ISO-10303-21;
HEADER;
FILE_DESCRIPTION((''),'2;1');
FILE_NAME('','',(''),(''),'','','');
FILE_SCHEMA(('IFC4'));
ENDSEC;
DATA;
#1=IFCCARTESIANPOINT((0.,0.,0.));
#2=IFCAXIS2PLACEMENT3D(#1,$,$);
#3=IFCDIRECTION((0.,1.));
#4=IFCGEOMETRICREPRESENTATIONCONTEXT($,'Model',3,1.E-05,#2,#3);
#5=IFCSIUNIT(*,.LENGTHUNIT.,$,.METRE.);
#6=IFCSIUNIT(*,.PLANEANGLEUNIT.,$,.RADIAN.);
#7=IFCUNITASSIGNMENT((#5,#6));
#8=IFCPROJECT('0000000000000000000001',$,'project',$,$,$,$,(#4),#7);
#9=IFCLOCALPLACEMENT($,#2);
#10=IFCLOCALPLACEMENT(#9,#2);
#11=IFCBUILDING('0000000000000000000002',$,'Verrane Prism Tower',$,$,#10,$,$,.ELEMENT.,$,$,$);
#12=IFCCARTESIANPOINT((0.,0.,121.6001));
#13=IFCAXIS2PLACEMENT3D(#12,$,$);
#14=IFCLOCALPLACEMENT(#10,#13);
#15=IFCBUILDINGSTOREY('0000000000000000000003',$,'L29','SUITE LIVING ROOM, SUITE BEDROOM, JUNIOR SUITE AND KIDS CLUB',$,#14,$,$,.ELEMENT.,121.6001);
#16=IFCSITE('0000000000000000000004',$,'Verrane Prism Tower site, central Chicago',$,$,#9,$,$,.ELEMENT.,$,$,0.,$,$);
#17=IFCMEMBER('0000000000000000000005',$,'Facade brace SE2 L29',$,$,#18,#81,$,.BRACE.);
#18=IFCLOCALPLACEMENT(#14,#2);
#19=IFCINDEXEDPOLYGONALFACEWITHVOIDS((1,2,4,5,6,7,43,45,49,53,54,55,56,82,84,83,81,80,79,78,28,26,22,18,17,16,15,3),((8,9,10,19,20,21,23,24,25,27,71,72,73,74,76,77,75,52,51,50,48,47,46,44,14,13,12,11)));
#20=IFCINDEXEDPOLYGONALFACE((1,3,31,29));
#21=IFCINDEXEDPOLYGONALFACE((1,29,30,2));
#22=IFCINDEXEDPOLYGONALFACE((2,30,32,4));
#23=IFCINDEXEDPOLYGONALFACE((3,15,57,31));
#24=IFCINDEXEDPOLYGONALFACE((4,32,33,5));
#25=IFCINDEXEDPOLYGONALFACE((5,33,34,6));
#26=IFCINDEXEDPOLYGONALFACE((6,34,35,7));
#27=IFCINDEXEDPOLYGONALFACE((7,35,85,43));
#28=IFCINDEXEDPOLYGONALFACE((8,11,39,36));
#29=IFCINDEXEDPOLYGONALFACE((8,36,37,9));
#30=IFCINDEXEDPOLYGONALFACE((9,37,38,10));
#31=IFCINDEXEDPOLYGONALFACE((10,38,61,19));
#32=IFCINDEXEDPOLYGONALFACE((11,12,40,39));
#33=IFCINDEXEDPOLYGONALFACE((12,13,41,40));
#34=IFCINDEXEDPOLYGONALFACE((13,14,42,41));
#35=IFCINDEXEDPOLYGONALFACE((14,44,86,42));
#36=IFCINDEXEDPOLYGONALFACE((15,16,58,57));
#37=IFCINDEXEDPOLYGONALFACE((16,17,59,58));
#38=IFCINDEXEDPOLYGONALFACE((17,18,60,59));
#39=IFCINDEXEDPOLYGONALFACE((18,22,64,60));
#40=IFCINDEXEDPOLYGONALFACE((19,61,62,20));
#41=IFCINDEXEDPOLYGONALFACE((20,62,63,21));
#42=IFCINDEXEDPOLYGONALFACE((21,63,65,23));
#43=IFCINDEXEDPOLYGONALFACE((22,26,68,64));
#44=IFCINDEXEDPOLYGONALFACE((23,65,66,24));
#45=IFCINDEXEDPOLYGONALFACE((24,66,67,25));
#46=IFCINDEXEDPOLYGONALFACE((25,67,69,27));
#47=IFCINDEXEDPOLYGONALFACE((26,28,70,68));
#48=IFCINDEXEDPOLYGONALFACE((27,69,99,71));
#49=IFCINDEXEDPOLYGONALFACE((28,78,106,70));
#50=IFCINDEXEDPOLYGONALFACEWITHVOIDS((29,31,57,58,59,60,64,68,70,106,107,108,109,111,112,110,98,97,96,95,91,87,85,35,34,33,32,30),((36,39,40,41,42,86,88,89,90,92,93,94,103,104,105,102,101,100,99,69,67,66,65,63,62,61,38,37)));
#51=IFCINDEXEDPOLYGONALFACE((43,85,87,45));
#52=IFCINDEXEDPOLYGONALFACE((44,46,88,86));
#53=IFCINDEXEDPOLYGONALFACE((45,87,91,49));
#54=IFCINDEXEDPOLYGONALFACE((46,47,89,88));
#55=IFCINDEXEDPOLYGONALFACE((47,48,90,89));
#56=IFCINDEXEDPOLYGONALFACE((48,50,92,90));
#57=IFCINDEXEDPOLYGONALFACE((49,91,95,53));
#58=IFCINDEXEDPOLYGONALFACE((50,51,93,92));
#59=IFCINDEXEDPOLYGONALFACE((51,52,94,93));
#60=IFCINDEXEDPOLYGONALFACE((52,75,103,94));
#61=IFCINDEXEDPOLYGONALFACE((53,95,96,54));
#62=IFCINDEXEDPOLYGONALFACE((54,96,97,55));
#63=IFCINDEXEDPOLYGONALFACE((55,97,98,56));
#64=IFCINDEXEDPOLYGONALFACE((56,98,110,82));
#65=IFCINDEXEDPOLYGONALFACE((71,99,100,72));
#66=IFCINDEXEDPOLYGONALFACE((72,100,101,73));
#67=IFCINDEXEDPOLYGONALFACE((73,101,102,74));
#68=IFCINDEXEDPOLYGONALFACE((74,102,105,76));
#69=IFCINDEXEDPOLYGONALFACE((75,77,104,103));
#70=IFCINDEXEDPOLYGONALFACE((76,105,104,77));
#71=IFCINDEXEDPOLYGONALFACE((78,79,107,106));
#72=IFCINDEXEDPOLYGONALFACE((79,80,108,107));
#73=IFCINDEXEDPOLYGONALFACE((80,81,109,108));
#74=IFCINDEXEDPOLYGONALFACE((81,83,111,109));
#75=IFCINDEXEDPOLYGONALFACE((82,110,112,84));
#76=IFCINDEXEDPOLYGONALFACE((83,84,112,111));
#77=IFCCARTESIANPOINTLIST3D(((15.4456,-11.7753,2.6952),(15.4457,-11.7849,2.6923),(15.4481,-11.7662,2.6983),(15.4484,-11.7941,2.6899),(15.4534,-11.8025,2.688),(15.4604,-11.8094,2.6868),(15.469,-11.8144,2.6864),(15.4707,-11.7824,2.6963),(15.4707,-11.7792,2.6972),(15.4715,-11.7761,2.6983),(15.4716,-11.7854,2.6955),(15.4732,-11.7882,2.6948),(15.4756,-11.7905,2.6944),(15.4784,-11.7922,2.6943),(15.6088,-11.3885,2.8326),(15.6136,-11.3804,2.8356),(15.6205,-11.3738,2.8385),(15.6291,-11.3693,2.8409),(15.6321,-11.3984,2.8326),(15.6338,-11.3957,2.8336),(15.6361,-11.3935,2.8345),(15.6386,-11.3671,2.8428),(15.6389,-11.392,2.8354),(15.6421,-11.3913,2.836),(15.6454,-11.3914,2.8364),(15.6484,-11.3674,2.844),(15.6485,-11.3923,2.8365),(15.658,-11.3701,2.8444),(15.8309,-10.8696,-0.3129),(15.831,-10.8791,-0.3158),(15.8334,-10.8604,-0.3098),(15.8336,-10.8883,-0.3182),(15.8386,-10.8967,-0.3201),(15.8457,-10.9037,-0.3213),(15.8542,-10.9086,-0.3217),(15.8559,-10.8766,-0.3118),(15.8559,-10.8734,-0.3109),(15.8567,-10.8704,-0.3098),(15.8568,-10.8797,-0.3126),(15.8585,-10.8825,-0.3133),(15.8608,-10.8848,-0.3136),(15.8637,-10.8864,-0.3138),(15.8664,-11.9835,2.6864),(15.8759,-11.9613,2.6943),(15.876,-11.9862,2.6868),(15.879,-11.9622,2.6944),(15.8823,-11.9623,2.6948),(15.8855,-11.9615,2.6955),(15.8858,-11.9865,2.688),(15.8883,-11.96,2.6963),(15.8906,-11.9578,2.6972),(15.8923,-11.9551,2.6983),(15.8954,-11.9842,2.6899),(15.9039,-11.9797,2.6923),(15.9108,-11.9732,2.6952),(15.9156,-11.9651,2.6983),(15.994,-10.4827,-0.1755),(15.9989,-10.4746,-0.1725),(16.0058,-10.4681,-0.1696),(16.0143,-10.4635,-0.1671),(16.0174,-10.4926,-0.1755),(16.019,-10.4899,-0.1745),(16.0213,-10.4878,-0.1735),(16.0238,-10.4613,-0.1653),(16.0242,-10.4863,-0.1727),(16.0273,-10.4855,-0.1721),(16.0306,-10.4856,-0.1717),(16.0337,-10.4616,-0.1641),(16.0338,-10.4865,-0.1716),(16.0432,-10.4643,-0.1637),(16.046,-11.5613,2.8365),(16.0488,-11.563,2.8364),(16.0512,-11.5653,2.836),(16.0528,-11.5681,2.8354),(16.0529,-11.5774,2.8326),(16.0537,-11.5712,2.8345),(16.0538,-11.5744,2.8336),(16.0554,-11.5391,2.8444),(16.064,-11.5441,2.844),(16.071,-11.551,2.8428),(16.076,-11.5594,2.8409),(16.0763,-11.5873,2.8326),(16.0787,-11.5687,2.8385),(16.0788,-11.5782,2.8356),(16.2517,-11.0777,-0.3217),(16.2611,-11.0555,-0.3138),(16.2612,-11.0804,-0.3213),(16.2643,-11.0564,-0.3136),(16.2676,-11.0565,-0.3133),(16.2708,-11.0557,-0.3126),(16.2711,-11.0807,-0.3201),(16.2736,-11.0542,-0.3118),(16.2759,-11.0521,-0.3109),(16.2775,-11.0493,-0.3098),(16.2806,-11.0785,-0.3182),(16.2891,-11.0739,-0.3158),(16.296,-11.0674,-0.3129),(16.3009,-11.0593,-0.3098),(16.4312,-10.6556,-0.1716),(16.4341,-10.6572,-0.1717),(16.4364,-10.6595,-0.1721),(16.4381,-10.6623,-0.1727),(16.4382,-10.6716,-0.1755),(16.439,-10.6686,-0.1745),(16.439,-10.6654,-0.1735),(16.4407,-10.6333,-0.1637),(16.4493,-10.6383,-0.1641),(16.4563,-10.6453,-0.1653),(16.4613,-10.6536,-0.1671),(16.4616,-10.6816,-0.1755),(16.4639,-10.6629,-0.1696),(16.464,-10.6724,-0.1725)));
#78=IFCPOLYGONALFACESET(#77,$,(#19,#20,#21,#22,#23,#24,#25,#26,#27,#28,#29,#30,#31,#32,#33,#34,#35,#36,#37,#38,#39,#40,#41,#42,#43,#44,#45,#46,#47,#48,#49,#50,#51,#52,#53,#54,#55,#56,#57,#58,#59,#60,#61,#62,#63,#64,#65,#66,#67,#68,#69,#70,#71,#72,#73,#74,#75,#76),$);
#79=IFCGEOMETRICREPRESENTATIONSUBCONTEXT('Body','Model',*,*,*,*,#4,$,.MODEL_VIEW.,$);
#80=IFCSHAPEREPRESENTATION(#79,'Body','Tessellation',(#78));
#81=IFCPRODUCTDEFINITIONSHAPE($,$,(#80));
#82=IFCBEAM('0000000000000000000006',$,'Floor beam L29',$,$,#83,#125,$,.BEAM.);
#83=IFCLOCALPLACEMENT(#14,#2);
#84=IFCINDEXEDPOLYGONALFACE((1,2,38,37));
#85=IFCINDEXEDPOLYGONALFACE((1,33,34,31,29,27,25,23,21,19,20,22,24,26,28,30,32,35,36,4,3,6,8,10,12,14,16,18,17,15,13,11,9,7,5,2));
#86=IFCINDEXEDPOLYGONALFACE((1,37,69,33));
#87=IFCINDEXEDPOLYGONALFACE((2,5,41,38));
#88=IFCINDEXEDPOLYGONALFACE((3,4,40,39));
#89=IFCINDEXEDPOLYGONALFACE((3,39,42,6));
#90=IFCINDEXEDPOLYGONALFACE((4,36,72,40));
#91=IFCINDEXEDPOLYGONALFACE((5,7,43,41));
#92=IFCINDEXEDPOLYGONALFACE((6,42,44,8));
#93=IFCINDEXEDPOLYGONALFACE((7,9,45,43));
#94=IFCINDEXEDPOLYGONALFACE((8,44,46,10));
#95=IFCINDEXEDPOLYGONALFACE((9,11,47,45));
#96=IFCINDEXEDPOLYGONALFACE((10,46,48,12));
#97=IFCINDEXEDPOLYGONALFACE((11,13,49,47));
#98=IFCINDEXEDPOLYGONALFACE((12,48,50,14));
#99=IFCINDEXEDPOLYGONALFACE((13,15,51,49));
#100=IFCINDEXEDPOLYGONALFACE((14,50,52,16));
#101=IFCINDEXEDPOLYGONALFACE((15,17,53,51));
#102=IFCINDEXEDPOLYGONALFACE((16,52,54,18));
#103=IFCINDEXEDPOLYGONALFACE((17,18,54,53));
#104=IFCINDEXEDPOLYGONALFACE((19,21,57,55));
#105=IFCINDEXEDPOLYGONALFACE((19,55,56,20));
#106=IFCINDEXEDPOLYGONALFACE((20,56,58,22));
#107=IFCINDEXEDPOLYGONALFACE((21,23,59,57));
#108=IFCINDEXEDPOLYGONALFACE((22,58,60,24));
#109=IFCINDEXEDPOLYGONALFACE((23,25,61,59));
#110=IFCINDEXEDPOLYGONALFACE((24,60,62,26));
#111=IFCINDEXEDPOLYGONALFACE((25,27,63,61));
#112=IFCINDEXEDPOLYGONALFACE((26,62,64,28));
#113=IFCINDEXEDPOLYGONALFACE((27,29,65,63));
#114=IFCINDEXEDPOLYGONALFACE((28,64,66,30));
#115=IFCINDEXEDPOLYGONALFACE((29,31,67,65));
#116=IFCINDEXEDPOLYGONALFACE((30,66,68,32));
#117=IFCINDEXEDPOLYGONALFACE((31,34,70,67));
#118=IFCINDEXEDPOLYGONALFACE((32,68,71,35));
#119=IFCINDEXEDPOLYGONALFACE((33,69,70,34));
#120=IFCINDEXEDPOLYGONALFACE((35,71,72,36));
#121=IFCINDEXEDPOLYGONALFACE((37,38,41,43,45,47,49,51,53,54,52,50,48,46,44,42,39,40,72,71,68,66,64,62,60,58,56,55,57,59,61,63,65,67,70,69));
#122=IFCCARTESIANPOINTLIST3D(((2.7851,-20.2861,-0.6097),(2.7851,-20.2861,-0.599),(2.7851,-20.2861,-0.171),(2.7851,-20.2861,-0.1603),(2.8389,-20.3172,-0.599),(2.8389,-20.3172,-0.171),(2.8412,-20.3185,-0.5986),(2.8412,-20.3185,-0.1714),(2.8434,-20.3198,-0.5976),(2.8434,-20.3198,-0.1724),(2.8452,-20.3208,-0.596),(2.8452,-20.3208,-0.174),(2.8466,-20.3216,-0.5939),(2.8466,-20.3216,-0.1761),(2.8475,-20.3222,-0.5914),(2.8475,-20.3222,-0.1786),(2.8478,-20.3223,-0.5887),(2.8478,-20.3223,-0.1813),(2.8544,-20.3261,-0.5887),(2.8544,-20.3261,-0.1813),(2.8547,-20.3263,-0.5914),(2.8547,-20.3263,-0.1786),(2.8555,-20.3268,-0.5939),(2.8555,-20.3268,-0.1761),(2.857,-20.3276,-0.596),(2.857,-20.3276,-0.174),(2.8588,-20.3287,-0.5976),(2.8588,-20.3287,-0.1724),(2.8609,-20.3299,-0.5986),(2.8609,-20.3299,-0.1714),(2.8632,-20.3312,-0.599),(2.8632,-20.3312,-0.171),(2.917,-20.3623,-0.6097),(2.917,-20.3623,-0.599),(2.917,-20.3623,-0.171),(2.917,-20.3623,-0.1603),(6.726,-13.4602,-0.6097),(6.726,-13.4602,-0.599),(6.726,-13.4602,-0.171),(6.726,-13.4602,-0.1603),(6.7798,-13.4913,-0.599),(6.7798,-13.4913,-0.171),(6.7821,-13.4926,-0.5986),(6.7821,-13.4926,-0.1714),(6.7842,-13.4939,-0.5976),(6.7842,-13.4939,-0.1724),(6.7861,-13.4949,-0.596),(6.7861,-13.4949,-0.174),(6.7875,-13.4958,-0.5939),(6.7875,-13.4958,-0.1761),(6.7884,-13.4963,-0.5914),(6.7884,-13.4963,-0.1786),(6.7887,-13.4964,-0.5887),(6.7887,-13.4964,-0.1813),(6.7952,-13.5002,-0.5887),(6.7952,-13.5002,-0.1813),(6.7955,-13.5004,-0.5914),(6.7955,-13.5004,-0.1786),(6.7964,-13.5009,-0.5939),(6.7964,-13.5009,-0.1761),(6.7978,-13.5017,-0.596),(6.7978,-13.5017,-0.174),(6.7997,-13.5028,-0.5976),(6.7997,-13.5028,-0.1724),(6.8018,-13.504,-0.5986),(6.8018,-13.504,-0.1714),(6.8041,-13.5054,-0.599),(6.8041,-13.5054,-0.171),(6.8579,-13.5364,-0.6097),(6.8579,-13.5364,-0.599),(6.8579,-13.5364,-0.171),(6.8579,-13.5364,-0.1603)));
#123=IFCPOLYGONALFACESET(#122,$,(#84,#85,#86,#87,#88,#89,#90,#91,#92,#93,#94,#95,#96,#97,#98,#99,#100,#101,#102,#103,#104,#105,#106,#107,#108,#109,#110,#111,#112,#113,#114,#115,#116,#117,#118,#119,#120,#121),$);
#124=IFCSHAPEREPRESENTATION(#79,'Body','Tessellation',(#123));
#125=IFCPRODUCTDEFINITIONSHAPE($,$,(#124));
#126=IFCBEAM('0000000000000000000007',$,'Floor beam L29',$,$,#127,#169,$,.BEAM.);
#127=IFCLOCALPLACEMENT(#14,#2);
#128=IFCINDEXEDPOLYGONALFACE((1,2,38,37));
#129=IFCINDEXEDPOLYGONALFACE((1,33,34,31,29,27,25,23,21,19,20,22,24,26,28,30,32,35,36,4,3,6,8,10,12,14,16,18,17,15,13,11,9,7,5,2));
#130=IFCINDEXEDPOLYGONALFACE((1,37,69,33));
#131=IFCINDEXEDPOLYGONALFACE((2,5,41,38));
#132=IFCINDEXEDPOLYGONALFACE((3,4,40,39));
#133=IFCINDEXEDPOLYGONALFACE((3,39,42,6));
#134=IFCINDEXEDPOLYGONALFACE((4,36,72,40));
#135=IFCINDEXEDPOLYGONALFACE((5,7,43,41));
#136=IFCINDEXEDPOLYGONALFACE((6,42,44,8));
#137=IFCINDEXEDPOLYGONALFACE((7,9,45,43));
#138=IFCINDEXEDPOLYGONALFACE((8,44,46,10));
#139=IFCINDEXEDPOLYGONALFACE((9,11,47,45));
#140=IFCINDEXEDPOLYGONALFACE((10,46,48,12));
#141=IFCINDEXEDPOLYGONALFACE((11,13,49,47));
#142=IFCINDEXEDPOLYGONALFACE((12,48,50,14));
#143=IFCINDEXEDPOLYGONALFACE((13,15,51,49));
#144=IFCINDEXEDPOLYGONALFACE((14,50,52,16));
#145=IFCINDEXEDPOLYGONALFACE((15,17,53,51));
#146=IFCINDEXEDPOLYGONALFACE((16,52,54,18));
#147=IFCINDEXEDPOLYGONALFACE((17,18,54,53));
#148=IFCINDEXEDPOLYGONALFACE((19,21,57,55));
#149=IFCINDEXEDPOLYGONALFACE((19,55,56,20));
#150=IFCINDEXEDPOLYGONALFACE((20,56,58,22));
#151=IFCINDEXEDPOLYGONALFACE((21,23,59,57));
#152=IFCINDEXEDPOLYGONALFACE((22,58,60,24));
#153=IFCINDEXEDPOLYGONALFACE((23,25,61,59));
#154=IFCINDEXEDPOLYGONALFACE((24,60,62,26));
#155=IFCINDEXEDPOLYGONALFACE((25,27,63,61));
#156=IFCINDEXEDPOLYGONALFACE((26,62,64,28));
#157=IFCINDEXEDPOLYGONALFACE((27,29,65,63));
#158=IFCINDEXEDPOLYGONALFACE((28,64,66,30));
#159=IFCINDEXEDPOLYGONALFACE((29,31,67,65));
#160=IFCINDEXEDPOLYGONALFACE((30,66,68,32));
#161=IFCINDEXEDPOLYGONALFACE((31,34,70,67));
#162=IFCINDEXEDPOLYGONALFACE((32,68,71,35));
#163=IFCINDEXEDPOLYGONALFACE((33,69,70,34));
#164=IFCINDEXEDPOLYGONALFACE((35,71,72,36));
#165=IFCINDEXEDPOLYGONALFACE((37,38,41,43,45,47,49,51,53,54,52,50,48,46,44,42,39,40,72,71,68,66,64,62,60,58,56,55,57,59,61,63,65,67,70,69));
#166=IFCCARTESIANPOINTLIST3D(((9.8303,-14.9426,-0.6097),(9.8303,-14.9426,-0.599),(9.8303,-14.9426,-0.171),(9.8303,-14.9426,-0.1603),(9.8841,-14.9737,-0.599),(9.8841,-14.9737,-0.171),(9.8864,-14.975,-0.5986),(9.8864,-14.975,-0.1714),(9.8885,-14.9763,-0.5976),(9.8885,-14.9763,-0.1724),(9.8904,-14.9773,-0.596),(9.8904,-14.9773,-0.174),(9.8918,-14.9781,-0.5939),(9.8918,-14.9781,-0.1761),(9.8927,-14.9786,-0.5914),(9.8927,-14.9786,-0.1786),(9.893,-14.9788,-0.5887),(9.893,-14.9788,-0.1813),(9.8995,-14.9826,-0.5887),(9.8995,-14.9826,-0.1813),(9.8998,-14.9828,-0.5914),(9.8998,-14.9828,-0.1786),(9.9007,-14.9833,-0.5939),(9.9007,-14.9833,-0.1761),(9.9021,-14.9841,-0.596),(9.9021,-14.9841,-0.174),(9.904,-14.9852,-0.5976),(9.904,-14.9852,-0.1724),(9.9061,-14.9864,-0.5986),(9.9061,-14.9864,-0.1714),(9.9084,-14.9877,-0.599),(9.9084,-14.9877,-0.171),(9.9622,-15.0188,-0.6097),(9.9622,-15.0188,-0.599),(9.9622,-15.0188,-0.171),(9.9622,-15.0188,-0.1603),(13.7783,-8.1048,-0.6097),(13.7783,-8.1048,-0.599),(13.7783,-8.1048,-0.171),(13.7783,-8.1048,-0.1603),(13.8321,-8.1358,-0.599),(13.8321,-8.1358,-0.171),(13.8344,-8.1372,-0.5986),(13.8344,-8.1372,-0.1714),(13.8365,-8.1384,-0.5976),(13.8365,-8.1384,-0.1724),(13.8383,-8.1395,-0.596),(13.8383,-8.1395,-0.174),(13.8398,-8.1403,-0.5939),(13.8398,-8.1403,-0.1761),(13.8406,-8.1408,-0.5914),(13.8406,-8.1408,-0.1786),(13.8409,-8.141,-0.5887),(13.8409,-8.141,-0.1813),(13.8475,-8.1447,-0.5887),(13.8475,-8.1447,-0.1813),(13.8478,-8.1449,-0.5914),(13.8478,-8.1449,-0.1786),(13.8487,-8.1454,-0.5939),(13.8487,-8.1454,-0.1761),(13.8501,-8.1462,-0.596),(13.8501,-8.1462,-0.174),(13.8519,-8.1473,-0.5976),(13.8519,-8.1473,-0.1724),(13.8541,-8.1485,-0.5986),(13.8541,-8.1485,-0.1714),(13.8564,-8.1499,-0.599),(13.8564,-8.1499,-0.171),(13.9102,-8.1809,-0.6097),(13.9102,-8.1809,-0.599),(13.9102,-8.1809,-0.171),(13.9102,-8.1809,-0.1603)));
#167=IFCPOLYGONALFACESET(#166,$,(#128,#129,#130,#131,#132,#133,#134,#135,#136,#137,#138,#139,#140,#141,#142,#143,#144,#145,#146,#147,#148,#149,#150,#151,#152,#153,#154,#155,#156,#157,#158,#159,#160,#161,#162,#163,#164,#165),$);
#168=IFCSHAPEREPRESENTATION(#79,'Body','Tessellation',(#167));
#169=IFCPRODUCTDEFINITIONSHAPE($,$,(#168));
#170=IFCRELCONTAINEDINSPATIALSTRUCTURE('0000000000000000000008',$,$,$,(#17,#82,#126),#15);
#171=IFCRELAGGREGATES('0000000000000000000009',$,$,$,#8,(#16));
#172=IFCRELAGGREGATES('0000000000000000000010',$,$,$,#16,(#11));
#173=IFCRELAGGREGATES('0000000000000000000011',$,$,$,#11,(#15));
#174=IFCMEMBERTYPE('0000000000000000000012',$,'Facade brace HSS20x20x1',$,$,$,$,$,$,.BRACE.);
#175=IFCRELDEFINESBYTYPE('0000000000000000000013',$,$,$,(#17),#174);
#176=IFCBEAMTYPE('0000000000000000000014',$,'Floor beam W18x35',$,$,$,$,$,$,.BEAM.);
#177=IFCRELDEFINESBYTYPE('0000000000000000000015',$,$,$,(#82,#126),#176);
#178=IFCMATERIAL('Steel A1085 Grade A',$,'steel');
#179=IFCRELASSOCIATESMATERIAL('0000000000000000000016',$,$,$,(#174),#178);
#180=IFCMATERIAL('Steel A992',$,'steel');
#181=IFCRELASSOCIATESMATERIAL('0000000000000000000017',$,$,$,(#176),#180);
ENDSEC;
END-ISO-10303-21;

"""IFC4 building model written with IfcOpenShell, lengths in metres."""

from ifc_helpers import new_model, si_unit, direction, frame, origin, origin_2d, place, context, subcontext, project, spatial, hollow_rectangle, i_section, extrude, material, material_profile, profile_set, type_object, element, save


model = new_model("IFC4")

# Units and contexts
model_context = context("Model", 3, precision=1e-05, world=origin(), true_north=direction((0.0, 1.0)))
body_context = subcontext(model_context, "Body", "Model", "MODEL_VIEW")
ifc_project = project(units=[si_unit("LENGTHUNIT", "METRE"), si_unit("PLANEANGLEUNIT", "RADIAN")], contexts=[model_context])

# Site, building, storey
site_placement = place(None, origin())
site = spatial("IfcSite", under=ifc_project, at=site_placement, Name="Verrane Prism Tower site, central Chicago", CompositionType="ELEMENT", RefElevation=0.0)
building_placement = place(site_placement, origin())
building = spatial("IfcBuilding", under=site, at=building_placement, Name="Verrane Prism Tower", CompositionType="ELEMENT")
storey_placement = place(building_placement, frame((0.0, 0.0, 121.6001)))
storey = spatial("IfcBuildingStorey", under=building, at=storey_placement, Name="L29", Description="SUITE LIVING ROOM, SUITE BEDROOM, JUNIOR SUITE AND KIDS CLUB", CompositionType="ELEMENT", Elevation=121.6001)

# Member
ifc_material_1 = material(Name="Steel A1085 Grade A", Category="steel")
ifc_material_profile_1 = material_profile(ifc_material_1, hollow_rectangle(XDim=0.5081, YDim=0.5081, WallThickness=0.0254, InnerFilletRadius=0.0127, OuterFilletRadius=0.0381, at=origin_2d()), Name="HSS20x20x1")
ifc_profile_set_1 = profile_set([ifc_material_profile_1], Name="Steel A1085 Grade A")
member_type_1 = type_object("IfcMemberType", Name="Facade brace HSS20x20x1", PredefinedType="BRACE", material=ifc_profile_set_1)
member_1_placement = place(storey_placement, frame((16.1475, -10.771, -0.2427), z_axis=(-0.121723, -0.286181, 0.950413), x_axis=(0.920219, -0.391403, 0.0)))
element("IfcMember", 1, at=member_1_placement, inside=storey, type_object=member_type_1, Name="Facade brace SE2 L29", PredefinedType="BRACE", context=body_context, shape_type="SweptSolid", body=[
    extrude(hollow_rectangle(XDim=0.5081, YDim=0.5081, WallThickness=0.0254, InnerFilletRadius=0.0127, OuterFilletRadius=0.0381, at=origin_2d()), origin(), (0.0, 0.0, 1.0), 3.165),
])

# Beams
ifc_material_2 = material(Name="Steel A992", Category="steel")
ifc_material_profile_2 = material_profile(ifc_material_2, i_section(OverallWidth=0.1523, OverallDepth=0.4495, WebThickness=0.0076, FlangeThickness=0.0107, FilletRadius=0.0103, at=origin_2d()), Name="W18x35")
ifc_profile_set_2 = profile_set([ifc_material_profile_2], Name="Steel A992")
beam_type_1 = type_object("IfcBeamType", Name="Floor beam W18x35", PredefinedType="BEAM", material=ifc_profile_set_2)
beam_1_placement = place(storey_placement, frame((2.8511, -20.3242, -0.385), z_axis=(0.499997, 0.866027, 0.0), x_axis=(-0.866027, 0.499997, 0.0)))
element("IfcBeam", 2, at=beam_1_placement, inside=storey, type_object=beam_type_1, Name="Floor beam L29", PredefinedType="BEAM", context=body_context, shape_type="SweptSolid", body=[
    extrude(i_section(OverallWidth=0.1523, OverallDepth=0.4495, WebThickness=0.0076, FlangeThickness=0.0107, FilletRadius=0.0103, at=origin_2d()), origin(), (0.0, 0.0, 1.0), 7.8818),
])
for number, where, z_axis, x_axis, name in (
    (3, (9.8962, -14.9807, -0.385), (0.500013, 0.866018, 0.0), (-0.866018, 0.500013, 0.0), "Floor beam L29"),
):
    element("IfcBeam", number, at=place(storey_placement, frame(where, z_axis=z_axis, x_axis=x_axis)), inside=storey, type_object=beam_type_1, Name=name, PredefinedType="BEAM", context=body_context, shape_type="SweptSolid", body=[
        extrude(i_section(OverallWidth=0.1523, OverallDepth=0.4495, WebThickness=0.0076, FlangeThickness=0.0107, FilletRadius=0.0103, at=origin_2d()), origin(), (0.0, 0.0, 1.0), 7.8958),
    ])

save(model, "model.ifc")
